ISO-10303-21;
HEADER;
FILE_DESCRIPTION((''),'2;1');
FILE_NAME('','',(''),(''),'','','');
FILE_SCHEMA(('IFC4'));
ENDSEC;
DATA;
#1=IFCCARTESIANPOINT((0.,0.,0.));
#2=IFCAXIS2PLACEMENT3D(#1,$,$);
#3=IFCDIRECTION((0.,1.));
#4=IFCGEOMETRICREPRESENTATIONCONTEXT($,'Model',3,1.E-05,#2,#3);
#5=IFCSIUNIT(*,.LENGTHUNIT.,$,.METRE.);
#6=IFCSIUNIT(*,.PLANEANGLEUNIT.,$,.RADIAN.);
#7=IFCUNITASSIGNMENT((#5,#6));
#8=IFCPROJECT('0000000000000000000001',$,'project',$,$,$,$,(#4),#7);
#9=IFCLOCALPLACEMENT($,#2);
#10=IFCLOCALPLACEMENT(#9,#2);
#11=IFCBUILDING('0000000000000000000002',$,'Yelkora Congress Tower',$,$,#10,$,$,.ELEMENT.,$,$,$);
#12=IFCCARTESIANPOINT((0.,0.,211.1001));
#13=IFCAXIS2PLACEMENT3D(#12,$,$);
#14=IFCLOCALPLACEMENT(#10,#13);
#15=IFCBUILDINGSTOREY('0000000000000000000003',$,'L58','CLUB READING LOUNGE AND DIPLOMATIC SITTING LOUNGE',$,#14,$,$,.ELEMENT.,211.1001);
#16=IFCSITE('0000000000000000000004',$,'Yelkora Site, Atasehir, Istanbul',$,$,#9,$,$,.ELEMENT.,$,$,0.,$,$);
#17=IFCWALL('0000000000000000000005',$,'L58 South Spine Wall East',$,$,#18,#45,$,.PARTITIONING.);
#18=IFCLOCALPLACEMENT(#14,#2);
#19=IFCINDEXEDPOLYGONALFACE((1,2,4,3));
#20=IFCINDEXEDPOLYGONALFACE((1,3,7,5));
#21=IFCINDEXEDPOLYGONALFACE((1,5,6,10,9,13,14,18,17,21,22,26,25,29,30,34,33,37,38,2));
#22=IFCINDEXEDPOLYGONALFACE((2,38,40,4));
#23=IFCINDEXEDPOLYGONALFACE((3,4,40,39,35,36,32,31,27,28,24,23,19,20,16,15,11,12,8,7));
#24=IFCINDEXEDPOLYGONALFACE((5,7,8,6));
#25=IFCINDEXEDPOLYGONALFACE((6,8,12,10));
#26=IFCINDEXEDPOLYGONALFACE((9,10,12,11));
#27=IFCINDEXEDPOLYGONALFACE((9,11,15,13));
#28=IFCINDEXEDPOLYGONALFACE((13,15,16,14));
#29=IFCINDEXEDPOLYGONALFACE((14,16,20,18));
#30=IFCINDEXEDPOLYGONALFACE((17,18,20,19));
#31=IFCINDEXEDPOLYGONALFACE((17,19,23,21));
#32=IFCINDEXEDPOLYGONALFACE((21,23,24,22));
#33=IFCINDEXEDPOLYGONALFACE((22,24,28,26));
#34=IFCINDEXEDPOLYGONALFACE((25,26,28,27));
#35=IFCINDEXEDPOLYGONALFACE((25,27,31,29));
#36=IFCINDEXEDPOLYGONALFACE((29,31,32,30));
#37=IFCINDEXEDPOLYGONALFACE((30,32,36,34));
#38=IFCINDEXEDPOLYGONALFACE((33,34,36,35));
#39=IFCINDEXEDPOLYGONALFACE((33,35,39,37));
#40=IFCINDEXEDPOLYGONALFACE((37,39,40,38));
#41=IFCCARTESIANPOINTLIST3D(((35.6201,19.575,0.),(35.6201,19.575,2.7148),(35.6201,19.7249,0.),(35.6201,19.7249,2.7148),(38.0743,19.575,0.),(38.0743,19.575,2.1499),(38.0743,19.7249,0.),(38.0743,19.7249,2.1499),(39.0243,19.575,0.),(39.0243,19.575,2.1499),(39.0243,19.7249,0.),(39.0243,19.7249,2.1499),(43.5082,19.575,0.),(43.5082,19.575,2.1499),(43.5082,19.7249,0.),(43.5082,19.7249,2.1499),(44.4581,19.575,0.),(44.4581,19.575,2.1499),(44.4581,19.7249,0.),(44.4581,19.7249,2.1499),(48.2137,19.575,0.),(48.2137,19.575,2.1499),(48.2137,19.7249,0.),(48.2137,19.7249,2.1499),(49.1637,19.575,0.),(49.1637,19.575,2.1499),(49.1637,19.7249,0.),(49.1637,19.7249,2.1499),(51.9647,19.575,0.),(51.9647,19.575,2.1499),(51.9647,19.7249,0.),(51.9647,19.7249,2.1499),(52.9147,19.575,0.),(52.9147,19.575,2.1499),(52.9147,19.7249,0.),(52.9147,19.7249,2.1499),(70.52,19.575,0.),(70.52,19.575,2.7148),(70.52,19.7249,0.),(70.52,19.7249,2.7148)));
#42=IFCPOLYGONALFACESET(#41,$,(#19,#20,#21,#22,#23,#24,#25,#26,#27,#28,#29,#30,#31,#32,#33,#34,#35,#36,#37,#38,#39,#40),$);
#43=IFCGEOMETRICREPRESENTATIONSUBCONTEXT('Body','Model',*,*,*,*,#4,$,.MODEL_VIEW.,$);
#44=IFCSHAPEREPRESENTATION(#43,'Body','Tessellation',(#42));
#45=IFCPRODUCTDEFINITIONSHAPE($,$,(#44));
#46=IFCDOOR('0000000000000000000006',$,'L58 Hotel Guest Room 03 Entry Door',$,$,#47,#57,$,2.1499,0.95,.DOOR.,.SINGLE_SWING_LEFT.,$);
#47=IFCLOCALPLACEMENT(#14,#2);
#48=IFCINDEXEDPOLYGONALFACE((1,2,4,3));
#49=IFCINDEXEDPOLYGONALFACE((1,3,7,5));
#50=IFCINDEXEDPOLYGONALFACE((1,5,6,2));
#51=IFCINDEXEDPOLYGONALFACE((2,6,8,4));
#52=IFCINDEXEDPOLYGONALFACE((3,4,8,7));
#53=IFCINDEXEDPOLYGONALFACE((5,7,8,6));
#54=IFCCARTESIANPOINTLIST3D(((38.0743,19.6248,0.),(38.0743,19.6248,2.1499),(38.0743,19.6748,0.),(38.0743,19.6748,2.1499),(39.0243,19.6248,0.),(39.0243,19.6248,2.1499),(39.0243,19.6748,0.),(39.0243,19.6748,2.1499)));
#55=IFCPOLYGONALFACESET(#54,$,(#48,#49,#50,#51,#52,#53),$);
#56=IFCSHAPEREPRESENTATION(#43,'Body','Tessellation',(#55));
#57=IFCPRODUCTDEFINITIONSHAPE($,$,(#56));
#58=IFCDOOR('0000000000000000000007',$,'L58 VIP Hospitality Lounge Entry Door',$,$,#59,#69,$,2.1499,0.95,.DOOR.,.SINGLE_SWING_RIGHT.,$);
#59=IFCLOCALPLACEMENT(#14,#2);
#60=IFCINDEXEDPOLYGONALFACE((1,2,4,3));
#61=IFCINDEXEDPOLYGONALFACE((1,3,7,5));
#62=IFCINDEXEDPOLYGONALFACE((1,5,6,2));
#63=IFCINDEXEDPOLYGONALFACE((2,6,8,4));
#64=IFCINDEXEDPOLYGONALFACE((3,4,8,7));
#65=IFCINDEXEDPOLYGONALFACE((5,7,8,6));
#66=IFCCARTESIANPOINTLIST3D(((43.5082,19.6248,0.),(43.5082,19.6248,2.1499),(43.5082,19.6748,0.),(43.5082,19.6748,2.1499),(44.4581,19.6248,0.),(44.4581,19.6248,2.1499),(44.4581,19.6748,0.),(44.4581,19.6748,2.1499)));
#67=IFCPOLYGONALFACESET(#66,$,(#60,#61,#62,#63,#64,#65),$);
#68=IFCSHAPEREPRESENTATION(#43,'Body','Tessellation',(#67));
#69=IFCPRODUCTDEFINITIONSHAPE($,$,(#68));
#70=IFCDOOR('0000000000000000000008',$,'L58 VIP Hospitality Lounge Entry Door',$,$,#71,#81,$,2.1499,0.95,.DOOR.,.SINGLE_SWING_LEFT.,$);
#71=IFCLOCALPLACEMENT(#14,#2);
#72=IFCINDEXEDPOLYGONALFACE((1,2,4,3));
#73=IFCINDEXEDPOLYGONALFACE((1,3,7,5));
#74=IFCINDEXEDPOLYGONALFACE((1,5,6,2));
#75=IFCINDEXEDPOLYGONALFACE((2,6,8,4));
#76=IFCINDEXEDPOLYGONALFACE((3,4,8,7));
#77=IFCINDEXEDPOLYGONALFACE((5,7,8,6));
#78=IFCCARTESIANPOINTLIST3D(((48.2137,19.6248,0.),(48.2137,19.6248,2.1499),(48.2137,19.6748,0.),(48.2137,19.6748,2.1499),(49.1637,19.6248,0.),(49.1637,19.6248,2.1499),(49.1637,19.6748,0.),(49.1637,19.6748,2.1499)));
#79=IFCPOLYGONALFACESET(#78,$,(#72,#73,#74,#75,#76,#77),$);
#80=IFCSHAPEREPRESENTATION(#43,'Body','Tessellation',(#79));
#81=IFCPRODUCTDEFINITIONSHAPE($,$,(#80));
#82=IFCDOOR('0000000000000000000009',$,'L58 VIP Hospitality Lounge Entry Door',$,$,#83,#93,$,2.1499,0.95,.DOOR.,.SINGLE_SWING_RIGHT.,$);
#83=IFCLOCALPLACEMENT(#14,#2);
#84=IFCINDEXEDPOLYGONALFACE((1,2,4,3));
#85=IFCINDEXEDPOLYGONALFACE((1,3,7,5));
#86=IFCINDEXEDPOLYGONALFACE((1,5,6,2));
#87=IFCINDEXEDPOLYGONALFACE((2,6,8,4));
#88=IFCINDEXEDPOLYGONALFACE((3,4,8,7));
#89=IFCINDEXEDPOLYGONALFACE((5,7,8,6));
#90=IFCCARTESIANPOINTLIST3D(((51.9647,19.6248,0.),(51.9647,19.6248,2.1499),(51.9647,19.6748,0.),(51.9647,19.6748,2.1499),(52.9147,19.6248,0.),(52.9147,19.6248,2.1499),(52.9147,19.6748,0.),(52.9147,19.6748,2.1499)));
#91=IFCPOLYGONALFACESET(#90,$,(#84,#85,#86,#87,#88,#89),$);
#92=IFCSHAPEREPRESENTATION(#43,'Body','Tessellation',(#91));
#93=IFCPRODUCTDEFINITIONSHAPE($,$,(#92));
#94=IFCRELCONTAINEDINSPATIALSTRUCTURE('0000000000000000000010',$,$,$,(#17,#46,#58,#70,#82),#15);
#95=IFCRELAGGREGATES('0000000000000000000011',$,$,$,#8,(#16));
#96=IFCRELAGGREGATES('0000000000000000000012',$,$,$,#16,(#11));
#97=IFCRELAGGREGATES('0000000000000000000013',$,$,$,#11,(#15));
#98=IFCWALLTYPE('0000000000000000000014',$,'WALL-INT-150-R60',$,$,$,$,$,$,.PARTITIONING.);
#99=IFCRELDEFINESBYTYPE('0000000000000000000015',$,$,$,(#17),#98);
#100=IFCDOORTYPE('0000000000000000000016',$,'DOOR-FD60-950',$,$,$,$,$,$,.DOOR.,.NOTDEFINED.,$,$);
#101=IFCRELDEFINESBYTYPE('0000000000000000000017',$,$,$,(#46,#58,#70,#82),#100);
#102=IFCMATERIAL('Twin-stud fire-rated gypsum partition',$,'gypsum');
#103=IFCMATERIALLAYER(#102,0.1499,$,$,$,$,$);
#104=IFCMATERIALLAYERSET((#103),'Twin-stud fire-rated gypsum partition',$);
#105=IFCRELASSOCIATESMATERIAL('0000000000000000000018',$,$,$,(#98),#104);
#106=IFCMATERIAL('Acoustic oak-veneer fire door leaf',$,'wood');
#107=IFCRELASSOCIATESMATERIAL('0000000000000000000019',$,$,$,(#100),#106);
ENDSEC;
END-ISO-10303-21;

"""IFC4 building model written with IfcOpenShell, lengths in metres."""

from ifc_helpers import new_model, si_unit, direction, frame, frame_2d, origin, place, context, subcontext, project, spatial, rectangle, extrude, material, layer, layer_set, type_object, element, fill, save


model = new_model("IFC4")

# Units and contexts
model_context = context("Model", 3, precision=1e-05, world=origin(), true_north=direction((0.0, 1.0)))
body_context = subcontext(model_context, "Body", "Model", "MODEL_VIEW")
ifc_project = project(units=[si_unit("LENGTHUNIT", "METRE"), si_unit("PLANEANGLEUNIT", "RADIAN")], contexts=[model_context])

# Site, building, storey
site_placement = place(None, origin())
site = spatial("IfcSite", under=ifc_project, at=site_placement, Name="Yelkora Site, Atasehir, Istanbul", CompositionType="ELEMENT", RefElevation=0.0)
building_placement = place(site_placement, origin())
building = spatial("IfcBuilding", under=site, at=building_placement, Name="Yelkora Congress Tower", CompositionType="ELEMENT")
storey_placement = place(building_placement, frame((0.0, 0.0, 211.1001)))
storey = spatial("IfcBuildingStorey", under=building, at=storey_placement, Name="L58", Description="CLUB READING LOUNGE AND DIPLOMATIC SITTING LOUNGE", CompositionType="ELEMENT", Elevation=211.1001)

# Wall, openings, doors
ifc_material_1 = material(Name="Twin-stud fire-rated gypsum partition", Category="gypsum")
ifc_layer_1 = layer(ifc_material_1, 0.1499)
ifc_layer_set_1 = layer_set([ifc_layer_1], Name="Twin-stud fire-rated gypsum partition")
wall_type_1 = type_object("IfcWallType", Name="WALL-INT-150-R60", PredefinedType="PARTITIONING", material=ifc_layer_set_1)
wall_1_placement = place(storey_placement, frame((35.6201, 19.6499, 0.0), z_axis=(0.0, 0.0, 1.0), x_axis=(1.0, 0.0, 0.0)))
wall_1 = element("IfcWall", 1, at=wall_1_placement, inside=storey, type_object=wall_type_1, Name="L58 South Spine Wall East", PredefinedType="PARTITIONING", context=body_context, shape_type="SweptSolid", body=[
    extrude(rectangle(XDim=34.8999, YDim=0.1499, at=frame_2d((17.45, 0.0))), origin(), (0.0, 0.0, 1.0), 2.7148),
])
opening_1_placement = place(wall_1_placement, frame((2.4541, 0.0, 0.0)))
opening_1 = element("IfcOpeningElement", 2, at=opening_1_placement, cuts=wall_1, PredefinedType="OPENING", context=body_context, shape_type="SweptSolid", body=[
    extrude(rectangle(XDim=0.95, YDim=2.1499, at=frame_2d((0.4751, 1.075))), frame((0.0, 0.085, 0.0), z_axis=(0.0, -1.0, 0.0), x_axis=(1.0, 0.0, 0.0)), (0.0, 0.0, 1.0), 0.1699),
])
opening_2_placement = place(wall_1_placement, frame((7.8879, 0.0, 0.0)))
opening_2 = element("IfcOpeningElement", 3, at=opening_2_placement, cuts=wall_1, PredefinedType="OPENING", context=body_context, shape_type="SweptSolid", body=[
    extrude(rectangle(XDim=0.95, YDim=2.1499, at=frame_2d((0.4751, 1.075))), frame((0.0, 0.085, 0.0), z_axis=(0.0, -1.0, 0.0), x_axis=(1.0, 0.0, 0.0)), (0.0, 0.0, 1.0), 0.1699),
])
opening_3_placement = place(wall_1_placement, frame((12.5935, 0.0, 0.0)))
opening_3 = element("IfcOpeningElement", 4, at=opening_3_placement, cuts=wall_1, PredefinedType="OPENING", context=body_context, shape_type="SweptSolid", body=[
    extrude(rectangle(XDim=0.95, YDim=2.1499, at=frame_2d((0.4751, 1.075))), frame((0.0, 0.085, 0.0), z_axis=(0.0, -1.0, 0.0), x_axis=(1.0, 0.0, 0.0)), (0.0, 0.0, 1.0), 0.1699),
])
opening_4_placement = place(wall_1_placement, frame((16.3445, 0.0, 0.0)))
opening_4 = element("IfcOpeningElement", 5, at=opening_4_placement, cuts=wall_1, PredefinedType="OPENING", context=body_context, shape_type="SweptSolid", body=[
    extrude(rectangle(XDim=0.95, YDim=2.1499, at=frame_2d((0.4751, 1.075))), frame((0.0, 0.085, 0.0), z_axis=(0.0, -1.0, 0.0), x_axis=(1.0, 0.0, 0.0)), (0.0, 0.0, 1.0), 0.1699),
])
ifc_material_2 = material(Name="Acoustic oak-veneer fire door leaf", Category="wood")
door_type_1 = type_object("IfcDoorType", Name="DOOR-FD60-950", OperationType="NOTDEFINED", PredefinedType="DOOR", material=ifc_material_2)
door_1_placement = place(opening_1_placement, origin())
door_1 = element("IfcDoor", 6, at=door_1_placement, inside=storey, type_object=door_type_1, Name="L58 Hotel Guest Room 03 Entry Door", OperationType="SINGLE_SWING_LEFT", OverallHeight=2.1499, OverallWidth=0.95, PredefinedType="DOOR", context=body_context, shape_type="SweptSolid", body=[
    extrude(rectangle(XDim=0.95, YDim=2.1499, at=frame_2d((0.4751, 1.075))), frame((0.0, 0.0249, 0.0), z_axis=(0.0, -1.0, 0.0), x_axis=(1.0, 0.0, 0.0)), (0.0, 0.0, 1.0), 0.05),
])
fill(opening_1, door_1)
door_2_placement = place(opening_2_placement, origin())
door_2 = element("IfcDoor", 7, at=door_2_placement, inside=storey, type_object=door_type_1, Name="L58 VIP Hospitality Lounge Entry Door", OperationType="SINGLE_SWING_RIGHT", OverallHeight=2.1499, OverallWidth=0.95, PredefinedType="DOOR", context=body_context, shape_type="SweptSolid", body=[
    extrude(rectangle(XDim=0.95, YDim=2.1499, at=frame_2d((0.4751, 1.075))), frame((0.0, 0.0249, 0.0), z_axis=(0.0, -1.0, 0.0), x_axis=(1.0, 0.0, 0.0)), (0.0, 0.0, 1.0), 0.05),
])
fill(opening_2, door_2)
door_3_placement = place(opening_3_placement, origin())
door_3 = element("IfcDoor", 8, at=door_3_placement, inside=storey, type_object=door_type_1, Name="L58 VIP Hospitality Lounge Entry Door", OperationType="SINGLE_SWING_LEFT", OverallHeight=2.1499, OverallWidth=0.95, PredefinedType="DOOR", context=body_context, shape_type="SweptSolid", body=[
    extrude(rectangle(XDim=0.95, YDim=2.1499, at=frame_2d((0.4751, 1.075))), frame((0.0, 0.0249, 0.0), z_axis=(0.0, -1.0, 0.0), x_axis=(1.0, 0.0, 0.0)), (0.0, 0.0, 1.0), 0.05),
])
fill(opening_3, door_3)
door_4_placement = place(opening_4_placement, origin())
door_4 = element("IfcDoor", 9, at=door_4_placement, inside=storey, type_object=door_type_1, Name="L58 VIP Hospitality Lounge Entry Door", OperationType="SINGLE_SWING_RIGHT", OverallHeight=2.1499, OverallWidth=0.95, PredefinedType="DOOR", context=body_context, shape_type="SweptSolid", body=[
    extrude(rectangle(XDim=0.95, YDim=2.1499, at=frame_2d((0.4751, 1.075))), frame((0.0, 0.0249, 0.0), z_axis=(0.0, -1.0, 0.0), x_axis=(1.0, 0.0, 0.0)), (0.0, 0.0, 1.0), 0.05),
])
fill(opening_4, door_4)

save(model, "model.ifc")
